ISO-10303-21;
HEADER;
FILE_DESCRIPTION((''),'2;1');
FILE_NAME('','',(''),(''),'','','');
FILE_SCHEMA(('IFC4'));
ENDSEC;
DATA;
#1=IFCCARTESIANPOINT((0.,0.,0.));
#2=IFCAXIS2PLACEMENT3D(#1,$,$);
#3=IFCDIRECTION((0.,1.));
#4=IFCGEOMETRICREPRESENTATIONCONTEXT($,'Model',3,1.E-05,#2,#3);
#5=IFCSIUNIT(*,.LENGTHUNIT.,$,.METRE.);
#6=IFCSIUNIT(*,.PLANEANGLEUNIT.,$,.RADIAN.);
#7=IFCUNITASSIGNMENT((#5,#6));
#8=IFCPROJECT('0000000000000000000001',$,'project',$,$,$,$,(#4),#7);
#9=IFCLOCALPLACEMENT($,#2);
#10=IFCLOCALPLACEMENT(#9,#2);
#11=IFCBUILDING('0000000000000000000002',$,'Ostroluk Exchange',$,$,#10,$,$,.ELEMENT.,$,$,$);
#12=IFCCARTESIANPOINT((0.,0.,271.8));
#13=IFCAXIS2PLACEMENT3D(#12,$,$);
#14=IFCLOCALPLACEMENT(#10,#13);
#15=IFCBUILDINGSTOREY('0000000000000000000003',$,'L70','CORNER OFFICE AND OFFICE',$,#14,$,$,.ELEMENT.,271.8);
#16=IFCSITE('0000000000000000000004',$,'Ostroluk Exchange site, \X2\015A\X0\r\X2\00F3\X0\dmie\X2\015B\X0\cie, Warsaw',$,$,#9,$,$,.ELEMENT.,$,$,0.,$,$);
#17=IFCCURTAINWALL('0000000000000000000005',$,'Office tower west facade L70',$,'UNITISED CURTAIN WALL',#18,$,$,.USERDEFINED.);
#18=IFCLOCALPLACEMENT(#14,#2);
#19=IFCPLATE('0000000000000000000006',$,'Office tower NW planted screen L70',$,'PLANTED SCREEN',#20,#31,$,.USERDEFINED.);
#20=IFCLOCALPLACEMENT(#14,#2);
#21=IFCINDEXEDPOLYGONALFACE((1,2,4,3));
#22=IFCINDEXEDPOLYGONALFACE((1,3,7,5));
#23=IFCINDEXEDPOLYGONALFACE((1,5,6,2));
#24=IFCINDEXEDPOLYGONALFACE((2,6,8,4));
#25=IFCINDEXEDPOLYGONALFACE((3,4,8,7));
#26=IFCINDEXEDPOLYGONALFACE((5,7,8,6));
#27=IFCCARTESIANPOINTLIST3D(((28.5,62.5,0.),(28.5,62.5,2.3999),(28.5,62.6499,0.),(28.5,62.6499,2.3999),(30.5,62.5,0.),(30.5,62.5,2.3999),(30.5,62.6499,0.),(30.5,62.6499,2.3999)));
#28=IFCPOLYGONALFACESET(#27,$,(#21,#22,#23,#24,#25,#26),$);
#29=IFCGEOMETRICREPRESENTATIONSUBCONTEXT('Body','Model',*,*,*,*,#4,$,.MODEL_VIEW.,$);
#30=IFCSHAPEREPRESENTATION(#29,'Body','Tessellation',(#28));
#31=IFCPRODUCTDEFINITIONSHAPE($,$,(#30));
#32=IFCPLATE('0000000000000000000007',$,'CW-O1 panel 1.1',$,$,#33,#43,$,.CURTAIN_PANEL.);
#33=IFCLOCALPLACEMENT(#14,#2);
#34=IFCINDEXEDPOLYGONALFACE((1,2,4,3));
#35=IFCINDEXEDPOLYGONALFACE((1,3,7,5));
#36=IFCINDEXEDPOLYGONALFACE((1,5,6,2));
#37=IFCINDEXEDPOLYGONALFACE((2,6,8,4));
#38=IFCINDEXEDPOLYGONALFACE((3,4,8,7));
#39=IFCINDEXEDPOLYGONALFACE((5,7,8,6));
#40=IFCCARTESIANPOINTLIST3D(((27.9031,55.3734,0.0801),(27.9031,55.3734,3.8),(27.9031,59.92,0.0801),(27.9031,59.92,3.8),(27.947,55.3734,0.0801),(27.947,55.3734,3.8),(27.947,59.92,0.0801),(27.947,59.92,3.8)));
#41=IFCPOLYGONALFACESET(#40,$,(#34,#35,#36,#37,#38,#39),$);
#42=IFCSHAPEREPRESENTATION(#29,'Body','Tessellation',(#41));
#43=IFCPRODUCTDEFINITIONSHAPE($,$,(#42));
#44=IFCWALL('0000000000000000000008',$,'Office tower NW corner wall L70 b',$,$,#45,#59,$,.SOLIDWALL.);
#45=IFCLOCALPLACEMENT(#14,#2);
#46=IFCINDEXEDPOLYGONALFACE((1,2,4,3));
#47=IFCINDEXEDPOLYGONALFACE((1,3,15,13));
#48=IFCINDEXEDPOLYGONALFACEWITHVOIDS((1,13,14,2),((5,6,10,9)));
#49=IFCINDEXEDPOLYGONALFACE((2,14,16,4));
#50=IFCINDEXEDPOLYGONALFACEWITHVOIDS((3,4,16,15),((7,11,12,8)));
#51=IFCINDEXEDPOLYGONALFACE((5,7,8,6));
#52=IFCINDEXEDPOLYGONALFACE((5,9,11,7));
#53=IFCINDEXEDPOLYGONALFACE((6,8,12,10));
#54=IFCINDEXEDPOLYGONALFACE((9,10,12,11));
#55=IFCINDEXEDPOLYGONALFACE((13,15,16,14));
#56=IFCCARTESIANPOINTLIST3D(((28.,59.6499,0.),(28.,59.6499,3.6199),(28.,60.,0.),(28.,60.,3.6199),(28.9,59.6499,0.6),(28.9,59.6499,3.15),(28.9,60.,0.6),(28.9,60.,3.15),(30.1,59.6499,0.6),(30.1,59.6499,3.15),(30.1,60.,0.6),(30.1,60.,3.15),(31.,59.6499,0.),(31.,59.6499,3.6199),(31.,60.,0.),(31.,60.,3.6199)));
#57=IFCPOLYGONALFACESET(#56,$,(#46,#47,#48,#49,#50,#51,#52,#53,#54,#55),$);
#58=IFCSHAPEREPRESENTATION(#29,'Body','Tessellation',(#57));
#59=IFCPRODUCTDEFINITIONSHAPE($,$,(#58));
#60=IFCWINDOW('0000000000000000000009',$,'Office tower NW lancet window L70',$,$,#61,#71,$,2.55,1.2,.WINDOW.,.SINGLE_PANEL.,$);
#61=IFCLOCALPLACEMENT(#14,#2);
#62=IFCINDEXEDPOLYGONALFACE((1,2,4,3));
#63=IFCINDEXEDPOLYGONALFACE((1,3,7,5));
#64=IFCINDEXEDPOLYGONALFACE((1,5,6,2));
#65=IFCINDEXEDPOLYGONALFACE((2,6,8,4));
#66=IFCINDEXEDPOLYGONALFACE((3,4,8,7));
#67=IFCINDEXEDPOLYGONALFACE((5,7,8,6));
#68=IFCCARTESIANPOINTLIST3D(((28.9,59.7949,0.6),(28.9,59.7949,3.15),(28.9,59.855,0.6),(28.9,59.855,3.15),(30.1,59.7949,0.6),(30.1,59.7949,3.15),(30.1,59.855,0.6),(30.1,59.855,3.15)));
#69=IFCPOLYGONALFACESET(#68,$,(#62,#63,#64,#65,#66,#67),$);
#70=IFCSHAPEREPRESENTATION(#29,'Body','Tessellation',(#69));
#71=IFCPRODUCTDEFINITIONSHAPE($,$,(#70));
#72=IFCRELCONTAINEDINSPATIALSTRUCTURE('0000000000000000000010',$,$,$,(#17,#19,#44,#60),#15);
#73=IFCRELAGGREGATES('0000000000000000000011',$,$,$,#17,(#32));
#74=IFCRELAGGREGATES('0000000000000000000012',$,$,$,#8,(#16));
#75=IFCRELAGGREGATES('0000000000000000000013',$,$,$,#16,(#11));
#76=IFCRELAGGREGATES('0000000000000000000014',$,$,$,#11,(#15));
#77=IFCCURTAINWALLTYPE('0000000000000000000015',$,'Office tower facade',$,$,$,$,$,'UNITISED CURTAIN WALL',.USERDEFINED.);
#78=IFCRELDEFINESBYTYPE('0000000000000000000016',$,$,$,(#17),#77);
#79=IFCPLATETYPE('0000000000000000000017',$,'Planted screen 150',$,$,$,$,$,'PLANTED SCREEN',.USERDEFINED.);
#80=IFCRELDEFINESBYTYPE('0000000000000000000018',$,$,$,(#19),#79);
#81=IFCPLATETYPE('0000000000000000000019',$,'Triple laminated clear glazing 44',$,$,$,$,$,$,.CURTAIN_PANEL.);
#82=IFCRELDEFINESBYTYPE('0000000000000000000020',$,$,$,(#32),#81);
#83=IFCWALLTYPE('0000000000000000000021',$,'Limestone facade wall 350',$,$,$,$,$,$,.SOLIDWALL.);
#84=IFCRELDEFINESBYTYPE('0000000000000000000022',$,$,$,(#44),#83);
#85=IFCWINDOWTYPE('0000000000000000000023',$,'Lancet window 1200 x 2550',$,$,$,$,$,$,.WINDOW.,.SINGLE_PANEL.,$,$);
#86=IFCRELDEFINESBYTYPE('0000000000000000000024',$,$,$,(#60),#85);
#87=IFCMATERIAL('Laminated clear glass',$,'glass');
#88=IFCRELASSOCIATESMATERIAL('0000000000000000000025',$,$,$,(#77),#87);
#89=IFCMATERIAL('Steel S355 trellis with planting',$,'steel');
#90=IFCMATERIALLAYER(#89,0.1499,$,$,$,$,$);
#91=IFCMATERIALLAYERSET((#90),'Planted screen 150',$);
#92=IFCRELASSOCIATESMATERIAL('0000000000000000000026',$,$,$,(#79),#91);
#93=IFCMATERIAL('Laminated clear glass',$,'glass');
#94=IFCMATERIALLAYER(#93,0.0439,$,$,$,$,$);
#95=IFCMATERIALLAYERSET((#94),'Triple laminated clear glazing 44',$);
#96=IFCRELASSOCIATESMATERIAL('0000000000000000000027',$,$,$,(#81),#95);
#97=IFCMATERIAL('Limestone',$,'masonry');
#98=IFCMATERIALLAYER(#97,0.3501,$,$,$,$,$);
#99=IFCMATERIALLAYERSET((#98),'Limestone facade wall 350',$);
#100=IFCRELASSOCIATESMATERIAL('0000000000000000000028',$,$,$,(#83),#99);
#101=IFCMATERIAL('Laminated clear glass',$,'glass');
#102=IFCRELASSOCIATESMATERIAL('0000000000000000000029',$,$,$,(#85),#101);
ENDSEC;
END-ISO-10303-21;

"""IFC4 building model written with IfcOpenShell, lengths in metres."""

from ifc_helpers import new_model, si_unit, direction, frame, frame_2d, origin, origin_2d, place, context, subcontext, project, spatial, rectangle, extrude, material, layer, layer_set, type_object, element, fill, aggregate, save


model = new_model("IFC4")

# Units and contexts
model_context = context("Model", 3, precision=1e-05, world=origin(), true_north=direction((0.0, 1.0)))
body_context = subcontext(model_context, "Body", "Model", "MODEL_VIEW")
ifc_project = project(units=[si_unit("LENGTHUNIT", "METRE"), si_unit("PLANEANGLEUNIT", "RADIAN")], contexts=[model_context])

# Site, building, storey
site_placement = place(None, origin())
site = spatial("IfcSite", under=ifc_project, at=site_placement, Name="Ostroluk Exchange site, Śródmieście, Warsaw", CompositionType="ELEMENT", RefElevation=0.0)
building_placement = place(site_placement, origin())
building = spatial("IfcBuilding", under=site, at=building_placement, Name="Ostroluk Exchange", CompositionType="ELEMENT")
storey_placement = place(building_placement, frame((0.0, 0.0, 271.8)))
storey = spatial("IfcBuildingStorey", under=building, at=storey_placement, Name="L70", Description="CORNER OFFICE AND OFFICE", CompositionType="ELEMENT", Elevation=271.8)

# Curtain wall
ifc_material_1 = material(Name="Laminated clear glass", Category="glass")
curtain_wall_type = type_object("IfcCurtainWallType", Name="Office tower facade", ElementType="UNITISED CURTAIN WALL", PredefinedType="USERDEFINED", material=ifc_material_1)
curtain_wall_1_placement = place(storey_placement, origin())
curtain_wall_1 = element("IfcCurtainWall", 1, at=curtain_wall_1_placement, inside=storey, type_object=curtain_wall_type, Name="Office tower west facade L70", ObjectType="UNITISED CURTAIN WALL", PredefinedType="USERDEFINED")

# Plates
ifc_material_2 = material(Name="Steel S355 trellis with planting", Category="steel")
ifc_layer_1 = layer(ifc_material_2, 0.1499)
ifc_layer_set_1 = layer_set([ifc_layer_1], Name="Planted screen 150")
plate_type_1 = type_object("IfcPlateType", Name="Planted screen 150", ElementType="PLANTED SCREEN", PredefinedType="USERDEFINED", material=ifc_layer_set_1)
plate_1_placement = place(storey_placement, frame((29.5, 62.575, 0.0), z_axis=(0.0, 0.0, 1.0), x_axis=(1.0, 0.0, 0.0)))
element("IfcPlate", 2, at=plate_1_placement, inside=storey, type_object=plate_type_1, Name="Office tower NW planted screen L70", ObjectType="PLANTED SCREEN", PredefinedType="USERDEFINED", context=body_context, shape_type="SweptSolid", body=[
    extrude(rectangle(XDim=2.0, YDim=0.1499, at=origin_2d()), origin(), (0.0, 0.0, 1.0), 2.3999),
])
ifc_material_3 = material(Name="Laminated clear glass", Category="glass")
ifc_layer_2 = layer(ifc_material_3, 0.0439)
ifc_layer_set_2 = layer_set([ifc_layer_2], Name="Triple laminated clear glazing 44")
plate_type_2 = type_object("IfcPlateType", Name="Triple laminated clear glazing 44", PredefinedType="CURTAIN_PANEL", material=ifc_layer_set_2)
plate_2_placement = place(storey_placement, frame((27.925, 57.6467, 0.0801), z_axis=(0.0, 0.0, 1.0), x_axis=(0.0, -1.0, 0.0)))
plate_2 = element("IfcPlate", 3, at=plate_2_placement, type_object=plate_type_2, Name="CW-O1 panel 1.1", PredefinedType="CURTAIN_PANEL", context=body_context, shape_type="SweptSolid", body=[
    extrude(rectangle(XDim=4.5466, YDim=0.0439, at=origin_2d()), origin(), (0.0, 0.0, 1.0), 3.72),
])
aggregate(curtain_wall_1, [plate_2])

# Shared definitions
ifc_material_4 = material(Name="Limestone", Category="masonry")
ifc_layer_3 = layer(ifc_material_4, 0.3501)
ifc_layer_set_3 = layer_set([ifc_layer_3], Name="Limestone facade wall 350")
wall_type = type_object("IfcWallType", Name="Limestone facade wall 350", PredefinedType="SOLIDWALL", material=ifc_layer_set_3)

# Wall, opening, window
wall_1_placement = place(storey_placement, frame((31.0, 59.825, 0.0), z_axis=(0.0, 0.0, 1.0), x_axis=(-1.0, 0.0, 0.0)))
wall_1 = element("IfcWall", 4, at=wall_1_placement, inside=storey, type_object=wall_type, Name="Office tower NW corner wall L70 b", PredefinedType="SOLIDWALL", context=body_context, shape_type="SweptSolid", body=[
    extrude(rectangle(XDim=3.0, YDim=0.3501, at=frame_2d((1.5, 0.0))), origin(), (0.0, 0.0, 1.0), 3.6199),
])
opening_1_placement = place(wall_1_placement, frame((0.8999, 0.0, 0.6001)))
opening_1 = element("IfcOpeningElement", 5, at=opening_1_placement, cuts=wall_1, PredefinedType="OPENING", context=body_context, shape_type="SweptSolid", body=[
    extrude(rectangle(XDim=1.2, YDim=2.55, at=frame_2d((0.6001, 1.2749))), frame((0.0, 0.1851, 0.0), z_axis=(0.0, -1.0, 0.0), x_axis=(1.0, 0.0, 0.0)), (0.0, 0.0, 1.0), 0.3701),
])
ifc_material_5 = material(Name="Laminated clear glass", Category="glass")
window_type = type_object("IfcWindowType", Name="Lancet window 1200 x 2550", PartitioningType="SINGLE_PANEL", PredefinedType="WINDOW", material=ifc_material_5)
window_placement = place(opening_1_placement, origin())
window = element("IfcWindow", 6, at=window_placement, inside=storey, type_object=window_type, Name="Office tower NW lancet window L70", OverallHeight=2.55, OverallWidth=1.2, PartitioningType="SINGLE_PANEL", PredefinedType="WINDOW", context=body_context, shape_type="SweptSolid", body=[
    extrude(rectangle(XDim=1.2, YDim=2.55, at=frame_2d((0.6001, 1.2749))), frame((0.0, 0.03, 0.0), z_axis=(0.0, -1.0, 0.0), x_axis=(1.0, 0.0, 0.0)), (0.0, 0.0, 1.0), 0.0601),
])
fill(opening_1, window)

save(model, "model.ifc")
